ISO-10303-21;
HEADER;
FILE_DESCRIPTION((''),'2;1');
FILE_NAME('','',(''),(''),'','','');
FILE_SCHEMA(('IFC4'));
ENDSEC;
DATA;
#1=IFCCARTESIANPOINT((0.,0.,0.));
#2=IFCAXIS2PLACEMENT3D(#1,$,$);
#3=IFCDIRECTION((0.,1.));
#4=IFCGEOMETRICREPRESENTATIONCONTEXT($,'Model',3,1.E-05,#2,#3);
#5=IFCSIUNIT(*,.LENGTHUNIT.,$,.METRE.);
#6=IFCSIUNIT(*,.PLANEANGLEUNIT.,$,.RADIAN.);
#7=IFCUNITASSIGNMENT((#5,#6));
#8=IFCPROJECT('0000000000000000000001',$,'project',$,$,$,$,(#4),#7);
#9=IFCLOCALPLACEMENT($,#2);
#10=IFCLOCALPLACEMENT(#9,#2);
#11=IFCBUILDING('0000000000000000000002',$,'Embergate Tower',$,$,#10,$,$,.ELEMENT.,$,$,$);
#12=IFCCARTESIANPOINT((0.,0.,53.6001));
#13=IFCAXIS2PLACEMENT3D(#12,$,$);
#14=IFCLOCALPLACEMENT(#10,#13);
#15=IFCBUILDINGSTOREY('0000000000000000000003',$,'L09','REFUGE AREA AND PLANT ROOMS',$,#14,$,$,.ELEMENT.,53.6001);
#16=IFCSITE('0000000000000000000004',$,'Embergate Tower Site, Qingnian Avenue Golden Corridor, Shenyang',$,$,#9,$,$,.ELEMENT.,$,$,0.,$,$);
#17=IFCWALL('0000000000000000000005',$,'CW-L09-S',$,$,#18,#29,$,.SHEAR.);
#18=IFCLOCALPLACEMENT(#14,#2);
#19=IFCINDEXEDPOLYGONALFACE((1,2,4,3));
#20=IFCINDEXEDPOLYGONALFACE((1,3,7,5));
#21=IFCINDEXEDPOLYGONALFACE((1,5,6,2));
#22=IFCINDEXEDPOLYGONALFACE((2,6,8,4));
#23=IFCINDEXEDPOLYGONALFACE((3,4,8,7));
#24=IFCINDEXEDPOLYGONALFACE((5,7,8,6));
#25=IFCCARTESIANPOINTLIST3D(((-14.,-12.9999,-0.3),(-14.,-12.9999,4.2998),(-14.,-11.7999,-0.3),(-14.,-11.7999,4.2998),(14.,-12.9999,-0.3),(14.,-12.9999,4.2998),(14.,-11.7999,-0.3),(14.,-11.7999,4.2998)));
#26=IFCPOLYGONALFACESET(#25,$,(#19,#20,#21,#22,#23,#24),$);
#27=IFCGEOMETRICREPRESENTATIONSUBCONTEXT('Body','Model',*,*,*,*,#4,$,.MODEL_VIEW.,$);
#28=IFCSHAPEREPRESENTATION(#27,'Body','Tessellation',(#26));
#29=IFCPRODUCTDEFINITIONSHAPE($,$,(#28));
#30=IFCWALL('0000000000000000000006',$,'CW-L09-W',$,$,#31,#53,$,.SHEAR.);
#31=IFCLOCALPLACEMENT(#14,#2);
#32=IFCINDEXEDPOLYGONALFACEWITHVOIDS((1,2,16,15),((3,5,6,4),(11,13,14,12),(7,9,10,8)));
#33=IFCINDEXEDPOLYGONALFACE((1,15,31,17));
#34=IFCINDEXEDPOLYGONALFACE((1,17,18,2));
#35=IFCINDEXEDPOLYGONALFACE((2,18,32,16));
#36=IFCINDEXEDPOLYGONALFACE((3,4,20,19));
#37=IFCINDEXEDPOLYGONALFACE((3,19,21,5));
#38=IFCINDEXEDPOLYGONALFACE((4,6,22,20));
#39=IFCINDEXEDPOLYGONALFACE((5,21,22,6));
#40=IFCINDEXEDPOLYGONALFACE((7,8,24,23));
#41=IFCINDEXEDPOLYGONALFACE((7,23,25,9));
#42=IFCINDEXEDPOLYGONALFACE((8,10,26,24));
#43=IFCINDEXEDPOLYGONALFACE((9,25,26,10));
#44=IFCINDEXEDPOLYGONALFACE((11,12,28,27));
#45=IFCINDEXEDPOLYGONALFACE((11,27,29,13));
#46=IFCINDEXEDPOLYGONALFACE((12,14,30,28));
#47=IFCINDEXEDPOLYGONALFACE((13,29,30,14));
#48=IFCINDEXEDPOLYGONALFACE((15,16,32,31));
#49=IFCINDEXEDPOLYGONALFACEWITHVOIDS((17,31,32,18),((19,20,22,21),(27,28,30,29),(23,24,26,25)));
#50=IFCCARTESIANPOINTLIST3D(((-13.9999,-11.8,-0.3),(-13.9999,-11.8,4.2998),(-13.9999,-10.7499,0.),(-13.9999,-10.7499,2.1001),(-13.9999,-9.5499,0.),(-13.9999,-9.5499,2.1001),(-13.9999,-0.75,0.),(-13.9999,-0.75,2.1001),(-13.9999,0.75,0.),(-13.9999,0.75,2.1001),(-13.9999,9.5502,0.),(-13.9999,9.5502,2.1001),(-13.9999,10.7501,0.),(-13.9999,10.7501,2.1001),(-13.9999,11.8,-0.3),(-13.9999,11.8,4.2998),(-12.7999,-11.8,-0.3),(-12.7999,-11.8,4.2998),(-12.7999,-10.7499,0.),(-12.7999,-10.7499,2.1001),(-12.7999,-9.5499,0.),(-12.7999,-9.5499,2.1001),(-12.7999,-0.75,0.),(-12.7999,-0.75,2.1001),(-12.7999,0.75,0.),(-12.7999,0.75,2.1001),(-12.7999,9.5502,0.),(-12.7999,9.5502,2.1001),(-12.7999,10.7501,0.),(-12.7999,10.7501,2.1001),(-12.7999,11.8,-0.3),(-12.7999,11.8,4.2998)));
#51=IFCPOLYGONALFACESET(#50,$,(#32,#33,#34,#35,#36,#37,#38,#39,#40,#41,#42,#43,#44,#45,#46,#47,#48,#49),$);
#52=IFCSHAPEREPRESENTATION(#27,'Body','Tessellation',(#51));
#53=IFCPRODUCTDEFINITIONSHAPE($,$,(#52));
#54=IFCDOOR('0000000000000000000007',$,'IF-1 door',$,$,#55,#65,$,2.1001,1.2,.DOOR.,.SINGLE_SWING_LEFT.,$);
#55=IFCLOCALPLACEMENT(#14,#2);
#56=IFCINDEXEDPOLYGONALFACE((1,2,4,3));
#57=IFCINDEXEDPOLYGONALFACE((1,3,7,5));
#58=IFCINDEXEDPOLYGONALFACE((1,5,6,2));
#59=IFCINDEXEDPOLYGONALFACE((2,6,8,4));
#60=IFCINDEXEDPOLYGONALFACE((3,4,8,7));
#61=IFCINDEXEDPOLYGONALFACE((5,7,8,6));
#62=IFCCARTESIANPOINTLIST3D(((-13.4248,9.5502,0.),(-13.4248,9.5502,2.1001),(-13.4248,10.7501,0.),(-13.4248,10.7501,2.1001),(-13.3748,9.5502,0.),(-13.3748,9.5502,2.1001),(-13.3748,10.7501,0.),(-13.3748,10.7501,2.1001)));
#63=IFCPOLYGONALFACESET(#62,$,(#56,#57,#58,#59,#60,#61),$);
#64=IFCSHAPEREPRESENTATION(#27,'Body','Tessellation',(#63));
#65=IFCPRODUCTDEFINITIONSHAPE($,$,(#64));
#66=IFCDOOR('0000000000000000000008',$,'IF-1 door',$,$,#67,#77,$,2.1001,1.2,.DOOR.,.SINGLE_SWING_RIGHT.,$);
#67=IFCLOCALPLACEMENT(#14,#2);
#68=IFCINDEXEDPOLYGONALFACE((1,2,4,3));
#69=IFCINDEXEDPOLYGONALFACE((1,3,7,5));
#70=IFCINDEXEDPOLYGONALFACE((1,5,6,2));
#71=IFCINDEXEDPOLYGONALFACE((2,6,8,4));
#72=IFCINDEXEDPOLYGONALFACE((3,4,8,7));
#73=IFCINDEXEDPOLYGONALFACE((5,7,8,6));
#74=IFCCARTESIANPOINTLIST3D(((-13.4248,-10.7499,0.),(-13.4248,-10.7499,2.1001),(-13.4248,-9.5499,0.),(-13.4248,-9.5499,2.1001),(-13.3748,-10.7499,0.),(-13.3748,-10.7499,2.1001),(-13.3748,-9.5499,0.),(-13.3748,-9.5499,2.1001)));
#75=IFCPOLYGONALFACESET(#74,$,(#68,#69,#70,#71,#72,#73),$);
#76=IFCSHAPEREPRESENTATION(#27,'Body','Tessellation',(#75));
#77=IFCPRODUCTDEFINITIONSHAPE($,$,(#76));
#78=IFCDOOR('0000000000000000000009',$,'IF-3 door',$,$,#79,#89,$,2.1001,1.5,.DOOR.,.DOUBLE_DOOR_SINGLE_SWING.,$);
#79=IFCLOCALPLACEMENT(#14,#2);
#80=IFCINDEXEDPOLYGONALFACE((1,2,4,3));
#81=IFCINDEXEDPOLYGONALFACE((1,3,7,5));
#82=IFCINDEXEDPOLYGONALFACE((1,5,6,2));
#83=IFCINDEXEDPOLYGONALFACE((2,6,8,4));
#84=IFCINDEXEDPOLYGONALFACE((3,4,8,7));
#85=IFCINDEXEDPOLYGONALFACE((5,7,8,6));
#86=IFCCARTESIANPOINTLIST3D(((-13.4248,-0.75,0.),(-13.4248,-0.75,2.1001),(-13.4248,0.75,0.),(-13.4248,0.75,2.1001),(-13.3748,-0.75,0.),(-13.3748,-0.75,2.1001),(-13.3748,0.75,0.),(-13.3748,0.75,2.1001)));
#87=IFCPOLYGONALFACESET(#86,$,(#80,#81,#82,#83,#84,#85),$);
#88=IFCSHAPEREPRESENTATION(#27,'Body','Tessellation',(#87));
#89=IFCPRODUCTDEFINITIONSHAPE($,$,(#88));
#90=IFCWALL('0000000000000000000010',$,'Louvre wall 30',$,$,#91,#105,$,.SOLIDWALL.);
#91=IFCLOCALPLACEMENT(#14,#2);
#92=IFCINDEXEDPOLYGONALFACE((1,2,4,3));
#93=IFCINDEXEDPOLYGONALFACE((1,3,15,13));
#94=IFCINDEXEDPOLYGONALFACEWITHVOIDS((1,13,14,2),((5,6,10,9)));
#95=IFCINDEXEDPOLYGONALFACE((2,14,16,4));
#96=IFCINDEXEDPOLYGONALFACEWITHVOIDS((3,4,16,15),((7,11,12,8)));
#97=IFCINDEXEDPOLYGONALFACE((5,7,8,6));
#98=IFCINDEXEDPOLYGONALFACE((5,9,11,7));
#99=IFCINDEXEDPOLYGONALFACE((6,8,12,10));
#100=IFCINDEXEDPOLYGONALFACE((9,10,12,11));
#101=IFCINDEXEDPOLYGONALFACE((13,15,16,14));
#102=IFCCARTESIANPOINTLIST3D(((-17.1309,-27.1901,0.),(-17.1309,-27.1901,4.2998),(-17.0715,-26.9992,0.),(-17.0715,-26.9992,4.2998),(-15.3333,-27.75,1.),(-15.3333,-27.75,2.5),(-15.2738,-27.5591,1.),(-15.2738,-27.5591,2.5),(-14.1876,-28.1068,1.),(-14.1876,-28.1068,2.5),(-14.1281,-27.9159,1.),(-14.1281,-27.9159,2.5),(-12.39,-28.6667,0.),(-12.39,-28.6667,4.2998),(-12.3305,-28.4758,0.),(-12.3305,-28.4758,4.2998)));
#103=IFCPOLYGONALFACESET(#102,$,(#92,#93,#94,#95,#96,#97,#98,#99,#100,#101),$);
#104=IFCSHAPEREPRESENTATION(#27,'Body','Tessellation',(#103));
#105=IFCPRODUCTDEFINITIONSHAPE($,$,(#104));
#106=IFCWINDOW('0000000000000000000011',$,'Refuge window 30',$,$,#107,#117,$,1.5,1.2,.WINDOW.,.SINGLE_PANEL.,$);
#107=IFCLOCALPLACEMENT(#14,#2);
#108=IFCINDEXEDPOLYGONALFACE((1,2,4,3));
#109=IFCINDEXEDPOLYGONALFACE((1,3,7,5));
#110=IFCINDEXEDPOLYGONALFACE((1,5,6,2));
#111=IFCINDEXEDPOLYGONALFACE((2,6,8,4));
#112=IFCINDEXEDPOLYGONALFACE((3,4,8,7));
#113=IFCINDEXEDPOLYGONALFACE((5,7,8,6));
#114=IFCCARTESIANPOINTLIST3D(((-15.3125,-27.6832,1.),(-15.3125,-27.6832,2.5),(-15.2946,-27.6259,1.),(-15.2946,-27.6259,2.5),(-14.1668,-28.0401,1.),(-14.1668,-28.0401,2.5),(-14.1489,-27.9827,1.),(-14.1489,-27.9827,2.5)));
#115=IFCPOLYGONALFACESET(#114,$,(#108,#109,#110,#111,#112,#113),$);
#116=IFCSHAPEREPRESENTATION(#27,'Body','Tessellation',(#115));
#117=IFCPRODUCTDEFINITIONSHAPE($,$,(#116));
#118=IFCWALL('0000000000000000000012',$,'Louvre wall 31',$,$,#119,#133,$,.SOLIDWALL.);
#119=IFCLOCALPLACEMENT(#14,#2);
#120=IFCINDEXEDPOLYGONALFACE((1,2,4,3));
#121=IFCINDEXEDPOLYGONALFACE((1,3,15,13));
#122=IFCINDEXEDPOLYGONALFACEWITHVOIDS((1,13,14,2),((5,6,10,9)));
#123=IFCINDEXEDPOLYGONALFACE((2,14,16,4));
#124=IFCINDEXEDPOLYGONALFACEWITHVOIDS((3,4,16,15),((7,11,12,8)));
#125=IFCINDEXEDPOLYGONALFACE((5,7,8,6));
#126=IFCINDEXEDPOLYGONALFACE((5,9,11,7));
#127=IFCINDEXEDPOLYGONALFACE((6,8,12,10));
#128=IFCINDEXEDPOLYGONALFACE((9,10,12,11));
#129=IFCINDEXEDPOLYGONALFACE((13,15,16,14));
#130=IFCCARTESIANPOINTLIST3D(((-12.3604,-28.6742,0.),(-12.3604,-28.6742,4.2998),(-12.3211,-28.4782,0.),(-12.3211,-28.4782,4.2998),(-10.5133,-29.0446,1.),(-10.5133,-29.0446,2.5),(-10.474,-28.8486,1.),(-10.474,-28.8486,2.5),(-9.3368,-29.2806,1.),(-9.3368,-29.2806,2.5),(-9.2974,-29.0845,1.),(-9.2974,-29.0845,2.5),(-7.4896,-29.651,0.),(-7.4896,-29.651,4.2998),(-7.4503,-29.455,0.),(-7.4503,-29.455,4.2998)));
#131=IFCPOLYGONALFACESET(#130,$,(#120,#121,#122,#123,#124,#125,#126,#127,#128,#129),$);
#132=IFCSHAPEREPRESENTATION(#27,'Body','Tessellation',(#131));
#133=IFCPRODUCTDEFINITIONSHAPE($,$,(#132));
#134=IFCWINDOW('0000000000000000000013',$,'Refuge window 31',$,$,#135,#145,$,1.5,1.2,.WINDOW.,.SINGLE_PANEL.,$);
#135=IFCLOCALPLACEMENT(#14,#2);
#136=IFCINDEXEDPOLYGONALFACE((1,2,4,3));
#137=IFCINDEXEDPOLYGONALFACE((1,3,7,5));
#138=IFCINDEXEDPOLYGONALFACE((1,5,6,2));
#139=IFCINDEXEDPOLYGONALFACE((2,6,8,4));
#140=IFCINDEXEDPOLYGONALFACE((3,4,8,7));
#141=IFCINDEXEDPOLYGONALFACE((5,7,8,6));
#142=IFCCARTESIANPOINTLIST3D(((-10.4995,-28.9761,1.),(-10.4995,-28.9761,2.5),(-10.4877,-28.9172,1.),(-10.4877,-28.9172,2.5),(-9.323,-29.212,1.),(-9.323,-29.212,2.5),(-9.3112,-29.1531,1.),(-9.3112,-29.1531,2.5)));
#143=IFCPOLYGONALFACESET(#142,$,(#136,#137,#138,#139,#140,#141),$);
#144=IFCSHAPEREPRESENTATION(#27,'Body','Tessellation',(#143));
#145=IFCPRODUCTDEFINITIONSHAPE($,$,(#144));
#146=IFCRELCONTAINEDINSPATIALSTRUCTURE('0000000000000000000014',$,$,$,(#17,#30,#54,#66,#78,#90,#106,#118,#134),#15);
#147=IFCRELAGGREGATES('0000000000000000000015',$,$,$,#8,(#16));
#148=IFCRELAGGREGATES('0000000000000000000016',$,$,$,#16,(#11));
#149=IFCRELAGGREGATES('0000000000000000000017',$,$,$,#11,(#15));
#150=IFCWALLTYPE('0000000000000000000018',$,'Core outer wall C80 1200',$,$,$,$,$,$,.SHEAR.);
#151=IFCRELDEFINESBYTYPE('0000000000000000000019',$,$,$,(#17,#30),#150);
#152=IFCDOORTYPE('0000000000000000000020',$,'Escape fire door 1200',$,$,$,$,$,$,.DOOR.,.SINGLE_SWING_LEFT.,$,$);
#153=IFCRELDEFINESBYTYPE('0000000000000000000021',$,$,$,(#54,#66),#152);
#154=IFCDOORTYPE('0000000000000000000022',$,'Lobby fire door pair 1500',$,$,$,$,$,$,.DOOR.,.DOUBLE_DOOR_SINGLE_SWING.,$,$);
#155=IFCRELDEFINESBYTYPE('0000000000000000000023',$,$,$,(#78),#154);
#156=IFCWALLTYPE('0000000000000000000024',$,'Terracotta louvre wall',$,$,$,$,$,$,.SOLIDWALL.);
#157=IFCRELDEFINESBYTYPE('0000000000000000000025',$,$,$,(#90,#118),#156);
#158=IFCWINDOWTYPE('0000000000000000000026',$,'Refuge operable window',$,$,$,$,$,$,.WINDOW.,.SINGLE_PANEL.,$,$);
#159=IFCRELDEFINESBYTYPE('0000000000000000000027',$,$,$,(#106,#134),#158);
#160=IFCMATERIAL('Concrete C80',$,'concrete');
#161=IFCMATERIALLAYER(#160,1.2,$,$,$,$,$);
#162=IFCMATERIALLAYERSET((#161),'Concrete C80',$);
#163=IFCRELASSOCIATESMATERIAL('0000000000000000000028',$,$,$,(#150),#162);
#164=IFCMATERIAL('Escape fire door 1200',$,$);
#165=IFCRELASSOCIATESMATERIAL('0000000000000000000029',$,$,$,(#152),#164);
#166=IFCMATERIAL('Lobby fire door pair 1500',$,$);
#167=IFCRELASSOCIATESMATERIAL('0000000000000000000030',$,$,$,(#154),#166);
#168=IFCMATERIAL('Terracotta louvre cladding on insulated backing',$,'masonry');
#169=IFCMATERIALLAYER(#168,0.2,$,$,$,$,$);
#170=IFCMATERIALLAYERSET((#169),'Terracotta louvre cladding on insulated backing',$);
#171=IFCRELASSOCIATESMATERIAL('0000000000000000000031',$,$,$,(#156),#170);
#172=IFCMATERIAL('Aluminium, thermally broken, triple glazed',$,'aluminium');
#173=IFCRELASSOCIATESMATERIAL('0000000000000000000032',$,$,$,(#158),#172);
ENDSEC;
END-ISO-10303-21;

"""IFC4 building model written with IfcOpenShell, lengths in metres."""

from ifc_helpers import new_model, si_unit, direction, frame, frame_2d, origin, place, context, subcontext, project, spatial, rectangle, extrude, source, transform, mapped, material, layer, layer_set, type_object, element, fill, save


model = new_model("IFC4")

# Units and contexts
model_context = context("Model", 3, precision=1e-05, world=origin(), true_north=direction((0.0, 1.0)))
body_context = subcontext(model_context, "Body", "Model", "MODEL_VIEW")
ifc_project = project(units=[si_unit("LENGTHUNIT", "METRE"), si_unit("PLANEANGLEUNIT", "RADIAN")], contexts=[model_context])

# Site, building, storey
site_placement = place(None, origin())
site = spatial("IfcSite", under=ifc_project, at=site_placement, Name="Embergate Tower Site, Qingnian Avenue Golden Corridor, Shenyang", CompositionType="ELEMENT", RefElevation=0.0)
building_placement = place(site_placement, origin())
building = spatial("IfcBuilding", under=site, at=building_placement, Name="Embergate Tower", CompositionType="ELEMENT")
storey_placement = place(building_placement, frame((0.0, 0.0, 53.6001)))
storey = spatial("IfcBuildingStorey", under=building, at=storey_placement, Name="L09", Description="REFUGE AREA AND PLANT ROOMS", CompositionType="ELEMENT", Elevation=53.6001)

# Wall
ifc_material_1 = material(Name="Concrete C80", Category="concrete")
ifc_layer_1 = layer(ifc_material_1, 1.2)
ifc_layer_set_1 = layer_set([ifc_layer_1], Name="Concrete C80")
wall_type_1 = type_object("IfcWallType", Name="Core outer wall C80 1200", PredefinedType="SHEAR", material=ifc_layer_set_1)
shared_shape_1 = source(origin(), body_context, "Body", "SweptSolid", [
    extrude(rectangle(XDim=28.0, YDim=1.2, at=frame_2d((14.0, 0.0))), origin(), (0.0, 0.0, 1.0), 4.5999),
])
wall_1_placement = place(storey_placement, frame((-14.0, -12.3999, -0.3), z_axis=(0.0, 0.0, 1.0), x_axis=(1.0, 0.0, 0.0)))
element("IfcWall", 1, at=wall_1_placement, inside=storey, type_object=wall_type_1, Name="CW-L09-S", PredefinedType="SHEAR", context=body_context, shape_type="MappedRepresentation", body=[
    mapped(shared_shape_1, transform((0.0, 0.0, 0.0))),
])

# Wall, openings, doors
shared_shape_2 = source(origin(), body_context, "Body", "SweptSolid", [
    extrude(rectangle(XDim=23.6001, YDim=1.2, at=frame_2d((11.8, 0.0))), origin(), (0.0, 0.0, 1.0), 4.5999),
])
wall_2_placement = place(storey_placement, frame((-13.3999, -11.8, -0.3), z_axis=(0.0, 0.0, 1.0), x_axis=(0.0, 1.0, 0.0)))
wall_2 = element("IfcWall", 2, at=wall_2_placement, inside=storey, type_object=wall_type_1, Name="CW-L09-W", PredefinedType="SHEAR", context=body_context, shape_type="MappedRepresentation", body=[
    mapped(shared_shape_2, transform((0.0, 0.0, 0.0))),
])
shared_shape_3 = source(origin(), body_context, "Body", "SweptSolid", [
    extrude(rectangle(XDim=1.2, YDim=2.1001, at=frame_2d((0.6001, 1.05))), frame((0.0, 0.6099, 0.0), z_axis=(0.0, -1.0, 0.0), x_axis=(1.0, 0.0, 0.0)), (0.0, 0.0, 1.0), 1.22),
])
opening_1_placement = place(wall_2_placement, frame((21.3501, 0.0, 0.3)))
opening_1 = element("IfcOpeningElement", 3, at=opening_1_placement, cuts=wall_2, PredefinedType="OPENING", context=body_context, shape_type="MappedRepresentation", body=[
    mapped(shared_shape_3, transform((0.0, 0.0, 0.0))),
])
opening_2_placement = place(wall_2_placement, frame((1.05, 0.0, 0.3)))
opening_2 = element("IfcOpeningElement", 4, at=opening_2_placement, cuts=wall_2, PredefinedType="OPENING", context=body_context, shape_type="MappedRepresentation", body=[
    mapped(shared_shape_3, transform((0.0, 0.0, 0.0))),
])
shared_shape_4 = source(origin(), body_context, "Body", "SweptSolid", [
    extrude(rectangle(XDim=1.5, YDim=2.1001, at=frame_2d((0.75, 1.05))), frame((0.0, 0.6099, 0.0), z_axis=(0.0, -1.0, 0.0), x_axis=(1.0, 0.0, 0.0)), (0.0, 0.0, 1.0), 1.22),
])
opening_3_placement = place(wall_2_placement, frame((11.05, 0.0, 0.3)))
opening_3 = element("IfcOpeningElement", 5, at=opening_3_placement, cuts=wall_2, PredefinedType="OPENING", context=body_context, shape_type="MappedRepresentation", body=[
    mapped(shared_shape_4, transform((0.0, 0.0, 0.0))),
])
ifc_material_2 = material(Name="Escape fire door 1200")
door_type_1 = type_object("IfcDoorType", Name="Escape fire door 1200", OperationType="SINGLE_SWING_LEFT", PredefinedType="DOOR", material=ifc_material_2)
shared_shape_5 = source(origin(), body_context, "Body", "SweptSolid", [
    extrude(rectangle(XDim=1.2, YDim=2.1001, at=frame_2d((0.6001, 1.05))), frame((0.0, 0.0249, 0.0), z_axis=(0.0, -1.0, 0.0), x_axis=(1.0, 0.0, 0.0)), (0.0, 0.0, 1.0), 0.05),
])
door_1_placement = place(opening_1_placement, origin())
door_1 = element("IfcDoor", 6, at=door_1_placement, inside=storey, type_object=door_type_1, Name="IF-1 door", OperationType="SINGLE_SWING_LEFT", OverallHeight=2.1001, OverallWidth=1.2, PredefinedType="DOOR", context=body_context, shape_type="MappedRepresentation", body=[
    mapped(shared_shape_5, transform((0.0, 0.0, 0.0))),
])
fill(opening_1, door_1)
door_2_placement = place(opening_2_placement, origin())
door_2 = element("IfcDoor", 7, at=door_2_placement, inside=storey, type_object=door_type_1, Name="IF-1 door", OperationType="SINGLE_SWING_RIGHT", OverallHeight=2.1001, OverallWidth=1.2, PredefinedType="DOOR", context=body_context, shape_type="MappedRepresentation", body=[
    mapped(shared_shape_5, transform((0.0, 0.0, 0.0))),
])
fill(opening_2, door_2)
ifc_material_3 = material(Name="Lobby fire door pair 1500")
door_type_2 = type_object("IfcDoorType", Name="Lobby fire door pair 1500", OperationType="DOUBLE_DOOR_SINGLE_SWING", PredefinedType="DOOR", material=ifc_material_3)
shared_shape_6 = source(origin(), body_context, "Body", "SweptSolid", [
    extrude(rectangle(XDim=1.5, YDim=2.1001, at=frame_2d((0.75, 1.05))), frame((0.0, 0.0249, 0.0), z_axis=(0.0, -1.0, 0.0), x_axis=(1.0, 0.0, 0.0)), (0.0, 0.0, 1.0), 0.05),
])
door_3_placement = place(opening_3_placement, origin())
door_3 = element("IfcDoor", 8, at=door_3_placement, inside=storey, type_object=door_type_2, Name="IF-3 door", OperationType="DOUBLE_DOOR_SINGLE_SWING", OverallHeight=2.1001, OverallWidth=1.5, PredefinedType="DOOR", context=body_context, shape_type="MappedRepresentation", body=[
    mapped(shared_shape_6, transform((0.0, 0.0, 0.0))),
])
fill(opening_3, door_3)

# Walls, openings, windows
ifc_material_4 = material(Name="Terracotta louvre cladding on insulated backing", Category="masonry")
ifc_layer_2 = layer(ifc_material_4, 0.2)
ifc_layer_set_2 = layer_set([ifc_layer_2], Name="Terracotta louvre cladding on insulated backing")
wall_type_2 = type_object("IfcWallType", Name="Terracotta louvre wall", PredefinedType="SOLIDWALL", material=ifc_layer_set_2)
shared_shape_7 = source(origin(), body_context, "Body", "SweptSolid", [
    extrude(rectangle(XDim=4.9656, YDim=0.2, at=frame_2d((2.4829, 0.0))), origin(), (0.0, 0.0, 1.0), 4.2998),
])
wall_3_placement = place(storey_placement, frame((-12.3601, -28.5713, 0.0), z_axis=(0.0, 0.0, 1.0), x_axis=(-0.954766, 0.297359, 0.0)))
wall_3 = element("IfcWall", 9, at=wall_3_placement, inside=storey, type_object=wall_type_2, Name="Louvre wall 30", PredefinedType="SOLIDWALL", context=body_context, shape_type="MappedRepresentation", body=[
    mapped(shared_shape_7, transform((0.0, 0.0, 0.0))),
])
shared_shape_8 = source(origin(), body_context, "Body", "SweptSolid", [
    extrude(rectangle(XDim=1.2, YDim=1.5, at=frame_2d((0.6001, 0.75))), frame((0.0, 0.1099, 0.0), z_axis=(0.0, -1.0, 0.0), x_axis=(1.0, 0.0, 0.0)), (0.0, 0.0, 1.0), 0.22),
])
opening_4_placement = place(wall_3_placement, frame((1.8828, 0.0, 1.0)))
opening_4 = element("IfcOpeningElement", 10, at=opening_4_placement, cuts=wall_3, PredefinedType="OPENING", context=body_context, shape_type="MappedRepresentation", body=[
    mapped(shared_shape_8, transform((0.0, 0.0, 0.0))),
])
ifc_material_5 = material(Name="Aluminium, thermally broken, triple glazed", Category="aluminium")
window_type = type_object("IfcWindowType", Name="Refuge operable window", PartitioningType="SINGLE_PANEL", PredefinedType="WINDOW", material=ifc_material_5)
shared_shape_9 = source(origin(), body_context, "Body", "SweptSolid", [
    extrude(rectangle(XDim=1.2, YDim=1.5, at=frame_2d((0.6001, 0.75))), frame((0.0, 0.03, 0.0), z_axis=(0.0, -1.0, 0.0), x_axis=(1.0, 0.0, 0.0)), (0.0, 0.0, 1.0), 0.0601),
])
window_1_placement = place(opening_4_placement, origin())
window_1 = element("IfcWindow", 11, at=window_1_placement, inside=storey, type_object=window_type, Name="Refuge window 30", OverallHeight=1.5, OverallWidth=1.2, PartitioningType="SINGLE_PANEL", PredefinedType="WINDOW", context=body_context, shape_type="MappedRepresentation", body=[
    mapped(shared_shape_9, transform((0.0, 0.0, 0.0))),
])
fill(opening_4, window_1)
shared_shape_10 = source(origin(), body_context, "Body", "SweptSolid", [
    extrude(rectangle(XDim=4.9678, YDim=0.2, at=frame_2d((2.4839, 0.0))), origin(), (0.0, 0.0, 1.0), 4.2998),
])
wall_4_placement = place(storey_placement, frame((-7.47, -29.553, 0.0), z_axis=(0.0, 0.0, 1.0), x_axis=(-0.980478, 0.196626, 0.0)))
wall_4 = element("IfcWall", 12, at=wall_4_placement, inside=storey, type_object=wall_type_2, Name="Louvre wall 31", PredefinedType="SOLIDWALL", context=body_context, shape_type="MappedRepresentation", body=[
    mapped(shared_shape_10, transform((0.0, 0.0, 0.0))),
])
opening_5_placement = place(wall_4_placement, frame((1.8838, 0.0, 1.0)))
opening_5 = element("IfcOpeningElement", 13, at=opening_5_placement, cuts=wall_4, PredefinedType="OPENING", context=body_context, shape_type="MappedRepresentation", body=[
    mapped(shared_shape_8, transform((0.0, 0.0, 0.0))),
])
window_2_placement = place(opening_5_placement, origin())
window_2 = element("IfcWindow", 14, at=window_2_placement, inside=storey, type_object=window_type, Name="Refuge window 31", OverallHeight=1.5, OverallWidth=1.2, PartitioningType="SINGLE_PANEL", PredefinedType="WINDOW", context=body_context, shape_type="MappedRepresentation", body=[
    mapped(shared_shape_9, transform((0.0, 0.0, 0.0))),
])
fill(opening_5, window_2)

save(model, "model.ifc")
